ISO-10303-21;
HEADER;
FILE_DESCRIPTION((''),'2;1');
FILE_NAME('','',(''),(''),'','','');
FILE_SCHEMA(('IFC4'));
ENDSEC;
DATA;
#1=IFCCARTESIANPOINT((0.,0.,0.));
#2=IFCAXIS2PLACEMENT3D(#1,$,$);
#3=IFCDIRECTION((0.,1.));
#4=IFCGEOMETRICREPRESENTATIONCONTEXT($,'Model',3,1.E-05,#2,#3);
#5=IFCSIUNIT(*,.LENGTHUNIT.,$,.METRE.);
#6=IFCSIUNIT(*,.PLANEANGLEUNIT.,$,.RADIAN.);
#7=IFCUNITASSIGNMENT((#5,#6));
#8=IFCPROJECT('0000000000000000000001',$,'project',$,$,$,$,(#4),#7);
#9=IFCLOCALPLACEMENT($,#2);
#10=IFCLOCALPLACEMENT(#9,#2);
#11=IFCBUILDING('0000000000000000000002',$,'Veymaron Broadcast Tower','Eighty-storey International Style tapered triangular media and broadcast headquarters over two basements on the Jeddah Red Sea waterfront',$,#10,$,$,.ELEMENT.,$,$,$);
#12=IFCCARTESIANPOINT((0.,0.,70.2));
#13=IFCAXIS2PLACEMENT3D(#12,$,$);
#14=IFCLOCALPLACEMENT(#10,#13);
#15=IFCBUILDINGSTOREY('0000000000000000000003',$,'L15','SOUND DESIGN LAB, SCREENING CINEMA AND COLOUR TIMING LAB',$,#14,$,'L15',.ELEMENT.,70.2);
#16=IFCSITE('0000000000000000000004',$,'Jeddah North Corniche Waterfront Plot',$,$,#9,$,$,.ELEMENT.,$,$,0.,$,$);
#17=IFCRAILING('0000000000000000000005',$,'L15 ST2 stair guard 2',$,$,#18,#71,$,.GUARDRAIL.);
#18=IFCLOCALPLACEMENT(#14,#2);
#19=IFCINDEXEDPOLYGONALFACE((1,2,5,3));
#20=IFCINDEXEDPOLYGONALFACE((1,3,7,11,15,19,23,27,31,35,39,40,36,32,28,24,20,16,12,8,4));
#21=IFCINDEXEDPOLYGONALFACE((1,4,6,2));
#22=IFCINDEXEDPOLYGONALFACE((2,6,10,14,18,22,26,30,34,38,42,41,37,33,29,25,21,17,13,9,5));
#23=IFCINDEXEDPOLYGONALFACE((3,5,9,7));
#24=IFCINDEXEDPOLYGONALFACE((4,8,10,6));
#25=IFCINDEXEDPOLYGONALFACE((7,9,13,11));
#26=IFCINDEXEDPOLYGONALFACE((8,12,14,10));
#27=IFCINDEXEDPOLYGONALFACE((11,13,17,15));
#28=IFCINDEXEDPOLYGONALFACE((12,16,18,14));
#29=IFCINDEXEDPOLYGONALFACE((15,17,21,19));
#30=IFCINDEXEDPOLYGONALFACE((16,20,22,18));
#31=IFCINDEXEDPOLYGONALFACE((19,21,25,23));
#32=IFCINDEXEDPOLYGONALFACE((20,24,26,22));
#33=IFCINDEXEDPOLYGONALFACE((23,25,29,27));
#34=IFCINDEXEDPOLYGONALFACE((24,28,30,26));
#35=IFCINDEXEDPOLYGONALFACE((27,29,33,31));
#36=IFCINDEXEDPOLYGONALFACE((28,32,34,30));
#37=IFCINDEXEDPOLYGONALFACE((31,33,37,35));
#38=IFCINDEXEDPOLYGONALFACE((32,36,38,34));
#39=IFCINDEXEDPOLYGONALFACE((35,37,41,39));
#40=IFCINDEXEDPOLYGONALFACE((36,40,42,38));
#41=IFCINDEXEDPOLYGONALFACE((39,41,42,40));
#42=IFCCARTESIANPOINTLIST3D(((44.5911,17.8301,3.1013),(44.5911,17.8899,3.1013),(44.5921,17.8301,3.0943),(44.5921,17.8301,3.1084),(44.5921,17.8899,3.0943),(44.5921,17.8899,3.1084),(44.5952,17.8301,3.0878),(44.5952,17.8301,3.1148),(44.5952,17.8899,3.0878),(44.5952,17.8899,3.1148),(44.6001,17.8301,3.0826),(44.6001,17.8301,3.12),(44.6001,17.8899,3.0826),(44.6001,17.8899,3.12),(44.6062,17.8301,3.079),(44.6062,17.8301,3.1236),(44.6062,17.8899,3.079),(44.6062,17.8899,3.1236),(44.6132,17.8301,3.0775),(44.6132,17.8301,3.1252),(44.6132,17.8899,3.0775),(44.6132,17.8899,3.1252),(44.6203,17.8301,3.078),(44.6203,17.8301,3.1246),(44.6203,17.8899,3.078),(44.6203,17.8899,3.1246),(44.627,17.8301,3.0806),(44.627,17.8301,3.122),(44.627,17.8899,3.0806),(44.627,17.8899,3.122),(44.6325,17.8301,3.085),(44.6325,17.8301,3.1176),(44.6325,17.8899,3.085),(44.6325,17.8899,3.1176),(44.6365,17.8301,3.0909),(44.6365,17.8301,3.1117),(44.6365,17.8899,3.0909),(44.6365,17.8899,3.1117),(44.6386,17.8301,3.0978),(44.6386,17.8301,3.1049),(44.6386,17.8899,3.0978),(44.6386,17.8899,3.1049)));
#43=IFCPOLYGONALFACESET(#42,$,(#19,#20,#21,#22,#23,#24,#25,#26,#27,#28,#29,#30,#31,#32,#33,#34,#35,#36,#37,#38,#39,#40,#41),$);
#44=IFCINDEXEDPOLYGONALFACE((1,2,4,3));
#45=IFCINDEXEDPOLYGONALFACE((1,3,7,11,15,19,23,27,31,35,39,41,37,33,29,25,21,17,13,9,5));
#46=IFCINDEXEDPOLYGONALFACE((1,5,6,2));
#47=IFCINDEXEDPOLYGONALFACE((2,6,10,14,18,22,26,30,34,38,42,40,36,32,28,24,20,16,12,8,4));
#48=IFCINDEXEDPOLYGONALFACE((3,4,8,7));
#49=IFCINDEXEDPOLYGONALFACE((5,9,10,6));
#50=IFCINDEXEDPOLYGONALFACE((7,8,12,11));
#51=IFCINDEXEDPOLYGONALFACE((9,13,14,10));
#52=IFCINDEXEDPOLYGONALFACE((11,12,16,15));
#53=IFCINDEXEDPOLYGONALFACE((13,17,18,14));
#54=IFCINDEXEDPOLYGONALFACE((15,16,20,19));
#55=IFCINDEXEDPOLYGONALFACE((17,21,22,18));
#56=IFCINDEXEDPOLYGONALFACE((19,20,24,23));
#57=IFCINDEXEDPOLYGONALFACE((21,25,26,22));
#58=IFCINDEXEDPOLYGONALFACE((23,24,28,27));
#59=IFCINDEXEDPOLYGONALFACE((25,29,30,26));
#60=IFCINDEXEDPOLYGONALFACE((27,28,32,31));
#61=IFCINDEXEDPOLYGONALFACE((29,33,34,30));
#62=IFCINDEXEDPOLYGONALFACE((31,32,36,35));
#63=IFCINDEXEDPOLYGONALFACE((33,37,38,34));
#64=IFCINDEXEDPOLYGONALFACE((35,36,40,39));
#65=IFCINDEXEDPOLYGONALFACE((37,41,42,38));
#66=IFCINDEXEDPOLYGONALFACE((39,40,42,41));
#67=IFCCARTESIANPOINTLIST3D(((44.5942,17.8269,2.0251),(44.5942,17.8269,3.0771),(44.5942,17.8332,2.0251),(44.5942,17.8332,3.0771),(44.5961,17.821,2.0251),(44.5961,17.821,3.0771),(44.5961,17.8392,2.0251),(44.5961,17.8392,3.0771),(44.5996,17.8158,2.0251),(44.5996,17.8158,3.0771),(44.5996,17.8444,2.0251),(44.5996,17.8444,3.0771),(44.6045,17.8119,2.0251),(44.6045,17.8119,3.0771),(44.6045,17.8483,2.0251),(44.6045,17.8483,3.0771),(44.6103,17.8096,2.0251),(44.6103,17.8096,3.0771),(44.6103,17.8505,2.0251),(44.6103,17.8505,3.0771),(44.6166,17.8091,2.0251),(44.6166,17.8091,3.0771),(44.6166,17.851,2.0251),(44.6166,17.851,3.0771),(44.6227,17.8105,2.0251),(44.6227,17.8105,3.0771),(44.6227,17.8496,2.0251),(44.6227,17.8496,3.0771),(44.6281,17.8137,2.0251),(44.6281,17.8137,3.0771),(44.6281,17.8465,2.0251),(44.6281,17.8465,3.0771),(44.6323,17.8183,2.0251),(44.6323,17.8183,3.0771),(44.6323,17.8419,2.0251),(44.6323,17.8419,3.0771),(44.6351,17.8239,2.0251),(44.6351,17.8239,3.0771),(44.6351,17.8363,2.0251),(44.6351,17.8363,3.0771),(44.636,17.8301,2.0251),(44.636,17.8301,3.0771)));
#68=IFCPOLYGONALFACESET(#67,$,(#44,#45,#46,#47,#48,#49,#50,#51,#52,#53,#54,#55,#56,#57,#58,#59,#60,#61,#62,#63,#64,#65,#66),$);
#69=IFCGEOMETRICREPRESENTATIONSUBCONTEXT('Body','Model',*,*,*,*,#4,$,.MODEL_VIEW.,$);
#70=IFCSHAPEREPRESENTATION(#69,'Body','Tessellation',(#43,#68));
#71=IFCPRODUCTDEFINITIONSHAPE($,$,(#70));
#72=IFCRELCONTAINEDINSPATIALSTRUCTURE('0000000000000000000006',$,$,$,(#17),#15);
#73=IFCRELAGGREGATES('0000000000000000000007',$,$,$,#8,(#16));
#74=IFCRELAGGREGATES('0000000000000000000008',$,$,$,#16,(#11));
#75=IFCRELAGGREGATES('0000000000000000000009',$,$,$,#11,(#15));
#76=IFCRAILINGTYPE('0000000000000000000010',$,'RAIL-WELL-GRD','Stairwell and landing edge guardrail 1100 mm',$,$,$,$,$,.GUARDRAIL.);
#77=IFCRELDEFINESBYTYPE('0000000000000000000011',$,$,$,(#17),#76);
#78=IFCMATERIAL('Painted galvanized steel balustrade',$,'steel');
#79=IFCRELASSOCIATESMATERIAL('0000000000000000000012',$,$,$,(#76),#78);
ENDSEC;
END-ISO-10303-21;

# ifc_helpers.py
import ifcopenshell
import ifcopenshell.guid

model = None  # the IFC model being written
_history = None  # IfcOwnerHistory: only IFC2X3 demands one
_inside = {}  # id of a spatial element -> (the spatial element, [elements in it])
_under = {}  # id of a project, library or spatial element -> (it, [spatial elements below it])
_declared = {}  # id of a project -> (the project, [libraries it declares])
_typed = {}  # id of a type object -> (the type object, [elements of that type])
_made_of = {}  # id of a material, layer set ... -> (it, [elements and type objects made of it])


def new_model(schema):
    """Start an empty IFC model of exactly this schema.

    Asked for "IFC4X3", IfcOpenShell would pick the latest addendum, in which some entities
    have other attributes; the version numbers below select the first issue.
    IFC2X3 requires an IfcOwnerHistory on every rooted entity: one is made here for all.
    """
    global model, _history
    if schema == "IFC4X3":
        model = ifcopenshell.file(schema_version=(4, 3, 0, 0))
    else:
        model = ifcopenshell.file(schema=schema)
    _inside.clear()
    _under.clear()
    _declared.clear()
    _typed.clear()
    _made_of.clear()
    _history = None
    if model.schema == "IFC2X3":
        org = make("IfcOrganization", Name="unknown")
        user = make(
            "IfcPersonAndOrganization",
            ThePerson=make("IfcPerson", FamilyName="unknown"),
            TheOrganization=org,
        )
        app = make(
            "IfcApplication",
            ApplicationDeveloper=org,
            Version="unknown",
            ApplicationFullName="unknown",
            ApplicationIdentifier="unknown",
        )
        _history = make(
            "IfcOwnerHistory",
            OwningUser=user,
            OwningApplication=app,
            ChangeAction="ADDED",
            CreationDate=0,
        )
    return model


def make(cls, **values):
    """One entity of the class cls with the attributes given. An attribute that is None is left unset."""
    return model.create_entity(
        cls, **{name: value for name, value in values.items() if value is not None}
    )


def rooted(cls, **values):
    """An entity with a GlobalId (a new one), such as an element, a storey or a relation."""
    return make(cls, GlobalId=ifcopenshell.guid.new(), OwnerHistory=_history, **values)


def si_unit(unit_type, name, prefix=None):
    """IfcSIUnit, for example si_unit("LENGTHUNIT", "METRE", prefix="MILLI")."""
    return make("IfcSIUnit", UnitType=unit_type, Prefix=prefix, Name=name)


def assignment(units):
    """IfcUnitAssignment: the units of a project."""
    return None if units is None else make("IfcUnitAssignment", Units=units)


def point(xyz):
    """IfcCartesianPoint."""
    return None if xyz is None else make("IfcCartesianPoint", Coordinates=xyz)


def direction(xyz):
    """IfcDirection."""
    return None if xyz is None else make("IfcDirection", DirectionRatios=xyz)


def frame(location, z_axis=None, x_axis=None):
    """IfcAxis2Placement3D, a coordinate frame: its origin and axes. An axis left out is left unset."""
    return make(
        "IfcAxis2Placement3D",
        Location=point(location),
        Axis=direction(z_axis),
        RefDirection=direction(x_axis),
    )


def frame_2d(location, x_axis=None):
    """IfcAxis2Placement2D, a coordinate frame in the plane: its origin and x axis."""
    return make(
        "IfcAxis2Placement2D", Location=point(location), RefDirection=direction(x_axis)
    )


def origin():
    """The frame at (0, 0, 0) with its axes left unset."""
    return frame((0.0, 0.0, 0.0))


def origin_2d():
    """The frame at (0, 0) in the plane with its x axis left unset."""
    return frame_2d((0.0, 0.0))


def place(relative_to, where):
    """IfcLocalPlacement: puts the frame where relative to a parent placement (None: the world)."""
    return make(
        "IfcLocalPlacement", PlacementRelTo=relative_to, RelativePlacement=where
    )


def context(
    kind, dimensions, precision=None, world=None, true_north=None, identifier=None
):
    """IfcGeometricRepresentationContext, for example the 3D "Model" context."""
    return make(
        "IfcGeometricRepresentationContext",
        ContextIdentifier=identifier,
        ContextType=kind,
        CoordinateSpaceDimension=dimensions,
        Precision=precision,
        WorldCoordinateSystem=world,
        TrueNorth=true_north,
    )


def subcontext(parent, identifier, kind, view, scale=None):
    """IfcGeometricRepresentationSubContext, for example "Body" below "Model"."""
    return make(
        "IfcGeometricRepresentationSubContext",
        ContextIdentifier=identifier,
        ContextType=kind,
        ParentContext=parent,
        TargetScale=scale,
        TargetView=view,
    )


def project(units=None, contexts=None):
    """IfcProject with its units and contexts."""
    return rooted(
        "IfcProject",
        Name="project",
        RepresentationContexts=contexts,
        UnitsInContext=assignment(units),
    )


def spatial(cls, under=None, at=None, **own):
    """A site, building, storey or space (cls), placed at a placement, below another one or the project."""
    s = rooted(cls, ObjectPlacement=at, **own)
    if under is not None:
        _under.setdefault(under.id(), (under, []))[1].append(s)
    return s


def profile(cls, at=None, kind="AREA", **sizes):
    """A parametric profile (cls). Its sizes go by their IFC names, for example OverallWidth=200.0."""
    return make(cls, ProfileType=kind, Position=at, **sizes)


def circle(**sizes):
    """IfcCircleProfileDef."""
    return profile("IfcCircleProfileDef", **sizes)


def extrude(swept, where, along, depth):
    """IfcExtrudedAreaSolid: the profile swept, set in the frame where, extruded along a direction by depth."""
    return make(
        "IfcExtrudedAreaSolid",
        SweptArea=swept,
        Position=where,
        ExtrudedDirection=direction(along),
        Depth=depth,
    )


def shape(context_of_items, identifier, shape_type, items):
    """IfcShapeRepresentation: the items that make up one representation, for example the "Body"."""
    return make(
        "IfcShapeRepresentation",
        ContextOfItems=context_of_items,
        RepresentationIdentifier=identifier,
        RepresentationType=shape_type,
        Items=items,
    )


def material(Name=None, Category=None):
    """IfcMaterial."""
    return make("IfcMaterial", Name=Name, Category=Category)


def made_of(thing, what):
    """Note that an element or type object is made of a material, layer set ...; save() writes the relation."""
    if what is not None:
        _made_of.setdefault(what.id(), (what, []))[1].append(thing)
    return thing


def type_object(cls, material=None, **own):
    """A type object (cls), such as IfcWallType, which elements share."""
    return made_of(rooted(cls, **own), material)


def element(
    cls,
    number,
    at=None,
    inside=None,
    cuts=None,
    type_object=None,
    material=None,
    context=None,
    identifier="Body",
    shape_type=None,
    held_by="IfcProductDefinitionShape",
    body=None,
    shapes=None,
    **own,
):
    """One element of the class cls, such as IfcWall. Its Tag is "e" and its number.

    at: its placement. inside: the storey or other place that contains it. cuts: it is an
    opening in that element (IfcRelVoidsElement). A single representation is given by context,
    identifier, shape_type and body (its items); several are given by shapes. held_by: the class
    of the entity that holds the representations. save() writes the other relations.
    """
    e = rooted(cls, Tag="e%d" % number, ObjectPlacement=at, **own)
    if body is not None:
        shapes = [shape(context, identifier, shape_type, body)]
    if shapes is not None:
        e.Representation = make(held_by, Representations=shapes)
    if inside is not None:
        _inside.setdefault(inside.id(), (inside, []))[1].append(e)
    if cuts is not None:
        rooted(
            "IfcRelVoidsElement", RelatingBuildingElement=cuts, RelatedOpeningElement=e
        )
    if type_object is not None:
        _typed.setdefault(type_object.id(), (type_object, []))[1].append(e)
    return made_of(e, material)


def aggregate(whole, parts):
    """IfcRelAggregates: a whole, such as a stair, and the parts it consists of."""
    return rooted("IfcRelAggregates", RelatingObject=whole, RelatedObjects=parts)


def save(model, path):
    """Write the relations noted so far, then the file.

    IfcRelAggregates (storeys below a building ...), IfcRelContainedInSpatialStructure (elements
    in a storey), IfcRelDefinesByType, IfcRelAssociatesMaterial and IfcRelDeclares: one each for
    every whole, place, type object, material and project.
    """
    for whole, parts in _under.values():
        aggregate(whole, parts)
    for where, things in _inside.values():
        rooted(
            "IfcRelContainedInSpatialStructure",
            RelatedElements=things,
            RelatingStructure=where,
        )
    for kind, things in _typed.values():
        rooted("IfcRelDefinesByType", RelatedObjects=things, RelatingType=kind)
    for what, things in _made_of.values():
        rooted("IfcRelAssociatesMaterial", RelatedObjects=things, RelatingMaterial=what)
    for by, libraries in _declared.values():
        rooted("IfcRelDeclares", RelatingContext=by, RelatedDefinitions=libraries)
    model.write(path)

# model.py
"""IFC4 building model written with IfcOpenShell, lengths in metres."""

from ifc_helpers import new_model, si_unit, direction, frame, origin, origin_2d, place, context, subcontext, project, spatial, circle, extrude, material, type_object, element, save


model = new_model("IFC4")

# Units and contexts
model_context = context("Model", 3, precision=1e-05, world=origin(), true_north=direction((0.0, 1.0)))
body_context = subcontext(model_context, "Body", "Model", "MODEL_VIEW")
ifc_project = project(units=[si_unit("LENGTHUNIT", "METRE"), si_unit("PLANEANGLEUNIT", "RADIAN")], contexts=[model_context])

# Site, building, storey
site_placement = place(None, origin())
site = spatial("IfcSite", under=ifc_project, at=site_placement, Name="Jeddah North Corniche Waterfront Plot", CompositionType="ELEMENT", RefElevation=0.0)
building_placement = place(site_placement, origin())
building = spatial("IfcBuilding", under=site, at=building_placement, Name="Veymaron Broadcast Tower", Description="Eighty-storey International Style tapered triangular media and broadcast headquarters over two basements on the Jeddah Red Sea waterfront", CompositionType="ELEMENT")
storey_placement = place(building_placement, frame((0.0, 0.0, 70.2)))
storey = spatial("IfcBuildingStorey", under=building, at=storey_placement, Name="L15", Description="SOUND DESIGN LAB, SCREENING CINEMA AND COLOUR TIMING LAB", LongName="L15", CompositionType="ELEMENT", Elevation=70.2)

# Railing
ifc_material_1 = material(Name="Painted galvanized steel balustrade", Category="steel")
railing_type_1 = type_object("IfcRailingType", Name="RAIL-WELL-GRD", Description="Stairwell and landing edge guardrail 1100 mm", PredefinedType="GUARDRAIL", material=ifc_material_1)
railing_1_placement = place(storey_placement, frame((44.615, 17.8301, 2.0251)))
element("IfcRailing", 1, at=railing_1_placement, inside=storey, type_object=railing_type_1, Name="L15 ST2 stair guard 2", PredefinedType="GUARDRAIL", context=body_context, shape_type="SweptSolid", body=[
    extrude(circle(Radius=0.0239, at=origin_2d()), frame((0.0, 0.0, 1.0762), z_axis=(0.0, 1.0, 0.0), x_axis=(-1.0, 0.0, 0.0)), (0.0, 0.0, 1.0), 0.0598),
    extrude(circle(Radius=0.021, at=origin_2d()), origin(), (0.0, 0.0, 1.0), 1.052),
])

save(model, "model.ifc")
